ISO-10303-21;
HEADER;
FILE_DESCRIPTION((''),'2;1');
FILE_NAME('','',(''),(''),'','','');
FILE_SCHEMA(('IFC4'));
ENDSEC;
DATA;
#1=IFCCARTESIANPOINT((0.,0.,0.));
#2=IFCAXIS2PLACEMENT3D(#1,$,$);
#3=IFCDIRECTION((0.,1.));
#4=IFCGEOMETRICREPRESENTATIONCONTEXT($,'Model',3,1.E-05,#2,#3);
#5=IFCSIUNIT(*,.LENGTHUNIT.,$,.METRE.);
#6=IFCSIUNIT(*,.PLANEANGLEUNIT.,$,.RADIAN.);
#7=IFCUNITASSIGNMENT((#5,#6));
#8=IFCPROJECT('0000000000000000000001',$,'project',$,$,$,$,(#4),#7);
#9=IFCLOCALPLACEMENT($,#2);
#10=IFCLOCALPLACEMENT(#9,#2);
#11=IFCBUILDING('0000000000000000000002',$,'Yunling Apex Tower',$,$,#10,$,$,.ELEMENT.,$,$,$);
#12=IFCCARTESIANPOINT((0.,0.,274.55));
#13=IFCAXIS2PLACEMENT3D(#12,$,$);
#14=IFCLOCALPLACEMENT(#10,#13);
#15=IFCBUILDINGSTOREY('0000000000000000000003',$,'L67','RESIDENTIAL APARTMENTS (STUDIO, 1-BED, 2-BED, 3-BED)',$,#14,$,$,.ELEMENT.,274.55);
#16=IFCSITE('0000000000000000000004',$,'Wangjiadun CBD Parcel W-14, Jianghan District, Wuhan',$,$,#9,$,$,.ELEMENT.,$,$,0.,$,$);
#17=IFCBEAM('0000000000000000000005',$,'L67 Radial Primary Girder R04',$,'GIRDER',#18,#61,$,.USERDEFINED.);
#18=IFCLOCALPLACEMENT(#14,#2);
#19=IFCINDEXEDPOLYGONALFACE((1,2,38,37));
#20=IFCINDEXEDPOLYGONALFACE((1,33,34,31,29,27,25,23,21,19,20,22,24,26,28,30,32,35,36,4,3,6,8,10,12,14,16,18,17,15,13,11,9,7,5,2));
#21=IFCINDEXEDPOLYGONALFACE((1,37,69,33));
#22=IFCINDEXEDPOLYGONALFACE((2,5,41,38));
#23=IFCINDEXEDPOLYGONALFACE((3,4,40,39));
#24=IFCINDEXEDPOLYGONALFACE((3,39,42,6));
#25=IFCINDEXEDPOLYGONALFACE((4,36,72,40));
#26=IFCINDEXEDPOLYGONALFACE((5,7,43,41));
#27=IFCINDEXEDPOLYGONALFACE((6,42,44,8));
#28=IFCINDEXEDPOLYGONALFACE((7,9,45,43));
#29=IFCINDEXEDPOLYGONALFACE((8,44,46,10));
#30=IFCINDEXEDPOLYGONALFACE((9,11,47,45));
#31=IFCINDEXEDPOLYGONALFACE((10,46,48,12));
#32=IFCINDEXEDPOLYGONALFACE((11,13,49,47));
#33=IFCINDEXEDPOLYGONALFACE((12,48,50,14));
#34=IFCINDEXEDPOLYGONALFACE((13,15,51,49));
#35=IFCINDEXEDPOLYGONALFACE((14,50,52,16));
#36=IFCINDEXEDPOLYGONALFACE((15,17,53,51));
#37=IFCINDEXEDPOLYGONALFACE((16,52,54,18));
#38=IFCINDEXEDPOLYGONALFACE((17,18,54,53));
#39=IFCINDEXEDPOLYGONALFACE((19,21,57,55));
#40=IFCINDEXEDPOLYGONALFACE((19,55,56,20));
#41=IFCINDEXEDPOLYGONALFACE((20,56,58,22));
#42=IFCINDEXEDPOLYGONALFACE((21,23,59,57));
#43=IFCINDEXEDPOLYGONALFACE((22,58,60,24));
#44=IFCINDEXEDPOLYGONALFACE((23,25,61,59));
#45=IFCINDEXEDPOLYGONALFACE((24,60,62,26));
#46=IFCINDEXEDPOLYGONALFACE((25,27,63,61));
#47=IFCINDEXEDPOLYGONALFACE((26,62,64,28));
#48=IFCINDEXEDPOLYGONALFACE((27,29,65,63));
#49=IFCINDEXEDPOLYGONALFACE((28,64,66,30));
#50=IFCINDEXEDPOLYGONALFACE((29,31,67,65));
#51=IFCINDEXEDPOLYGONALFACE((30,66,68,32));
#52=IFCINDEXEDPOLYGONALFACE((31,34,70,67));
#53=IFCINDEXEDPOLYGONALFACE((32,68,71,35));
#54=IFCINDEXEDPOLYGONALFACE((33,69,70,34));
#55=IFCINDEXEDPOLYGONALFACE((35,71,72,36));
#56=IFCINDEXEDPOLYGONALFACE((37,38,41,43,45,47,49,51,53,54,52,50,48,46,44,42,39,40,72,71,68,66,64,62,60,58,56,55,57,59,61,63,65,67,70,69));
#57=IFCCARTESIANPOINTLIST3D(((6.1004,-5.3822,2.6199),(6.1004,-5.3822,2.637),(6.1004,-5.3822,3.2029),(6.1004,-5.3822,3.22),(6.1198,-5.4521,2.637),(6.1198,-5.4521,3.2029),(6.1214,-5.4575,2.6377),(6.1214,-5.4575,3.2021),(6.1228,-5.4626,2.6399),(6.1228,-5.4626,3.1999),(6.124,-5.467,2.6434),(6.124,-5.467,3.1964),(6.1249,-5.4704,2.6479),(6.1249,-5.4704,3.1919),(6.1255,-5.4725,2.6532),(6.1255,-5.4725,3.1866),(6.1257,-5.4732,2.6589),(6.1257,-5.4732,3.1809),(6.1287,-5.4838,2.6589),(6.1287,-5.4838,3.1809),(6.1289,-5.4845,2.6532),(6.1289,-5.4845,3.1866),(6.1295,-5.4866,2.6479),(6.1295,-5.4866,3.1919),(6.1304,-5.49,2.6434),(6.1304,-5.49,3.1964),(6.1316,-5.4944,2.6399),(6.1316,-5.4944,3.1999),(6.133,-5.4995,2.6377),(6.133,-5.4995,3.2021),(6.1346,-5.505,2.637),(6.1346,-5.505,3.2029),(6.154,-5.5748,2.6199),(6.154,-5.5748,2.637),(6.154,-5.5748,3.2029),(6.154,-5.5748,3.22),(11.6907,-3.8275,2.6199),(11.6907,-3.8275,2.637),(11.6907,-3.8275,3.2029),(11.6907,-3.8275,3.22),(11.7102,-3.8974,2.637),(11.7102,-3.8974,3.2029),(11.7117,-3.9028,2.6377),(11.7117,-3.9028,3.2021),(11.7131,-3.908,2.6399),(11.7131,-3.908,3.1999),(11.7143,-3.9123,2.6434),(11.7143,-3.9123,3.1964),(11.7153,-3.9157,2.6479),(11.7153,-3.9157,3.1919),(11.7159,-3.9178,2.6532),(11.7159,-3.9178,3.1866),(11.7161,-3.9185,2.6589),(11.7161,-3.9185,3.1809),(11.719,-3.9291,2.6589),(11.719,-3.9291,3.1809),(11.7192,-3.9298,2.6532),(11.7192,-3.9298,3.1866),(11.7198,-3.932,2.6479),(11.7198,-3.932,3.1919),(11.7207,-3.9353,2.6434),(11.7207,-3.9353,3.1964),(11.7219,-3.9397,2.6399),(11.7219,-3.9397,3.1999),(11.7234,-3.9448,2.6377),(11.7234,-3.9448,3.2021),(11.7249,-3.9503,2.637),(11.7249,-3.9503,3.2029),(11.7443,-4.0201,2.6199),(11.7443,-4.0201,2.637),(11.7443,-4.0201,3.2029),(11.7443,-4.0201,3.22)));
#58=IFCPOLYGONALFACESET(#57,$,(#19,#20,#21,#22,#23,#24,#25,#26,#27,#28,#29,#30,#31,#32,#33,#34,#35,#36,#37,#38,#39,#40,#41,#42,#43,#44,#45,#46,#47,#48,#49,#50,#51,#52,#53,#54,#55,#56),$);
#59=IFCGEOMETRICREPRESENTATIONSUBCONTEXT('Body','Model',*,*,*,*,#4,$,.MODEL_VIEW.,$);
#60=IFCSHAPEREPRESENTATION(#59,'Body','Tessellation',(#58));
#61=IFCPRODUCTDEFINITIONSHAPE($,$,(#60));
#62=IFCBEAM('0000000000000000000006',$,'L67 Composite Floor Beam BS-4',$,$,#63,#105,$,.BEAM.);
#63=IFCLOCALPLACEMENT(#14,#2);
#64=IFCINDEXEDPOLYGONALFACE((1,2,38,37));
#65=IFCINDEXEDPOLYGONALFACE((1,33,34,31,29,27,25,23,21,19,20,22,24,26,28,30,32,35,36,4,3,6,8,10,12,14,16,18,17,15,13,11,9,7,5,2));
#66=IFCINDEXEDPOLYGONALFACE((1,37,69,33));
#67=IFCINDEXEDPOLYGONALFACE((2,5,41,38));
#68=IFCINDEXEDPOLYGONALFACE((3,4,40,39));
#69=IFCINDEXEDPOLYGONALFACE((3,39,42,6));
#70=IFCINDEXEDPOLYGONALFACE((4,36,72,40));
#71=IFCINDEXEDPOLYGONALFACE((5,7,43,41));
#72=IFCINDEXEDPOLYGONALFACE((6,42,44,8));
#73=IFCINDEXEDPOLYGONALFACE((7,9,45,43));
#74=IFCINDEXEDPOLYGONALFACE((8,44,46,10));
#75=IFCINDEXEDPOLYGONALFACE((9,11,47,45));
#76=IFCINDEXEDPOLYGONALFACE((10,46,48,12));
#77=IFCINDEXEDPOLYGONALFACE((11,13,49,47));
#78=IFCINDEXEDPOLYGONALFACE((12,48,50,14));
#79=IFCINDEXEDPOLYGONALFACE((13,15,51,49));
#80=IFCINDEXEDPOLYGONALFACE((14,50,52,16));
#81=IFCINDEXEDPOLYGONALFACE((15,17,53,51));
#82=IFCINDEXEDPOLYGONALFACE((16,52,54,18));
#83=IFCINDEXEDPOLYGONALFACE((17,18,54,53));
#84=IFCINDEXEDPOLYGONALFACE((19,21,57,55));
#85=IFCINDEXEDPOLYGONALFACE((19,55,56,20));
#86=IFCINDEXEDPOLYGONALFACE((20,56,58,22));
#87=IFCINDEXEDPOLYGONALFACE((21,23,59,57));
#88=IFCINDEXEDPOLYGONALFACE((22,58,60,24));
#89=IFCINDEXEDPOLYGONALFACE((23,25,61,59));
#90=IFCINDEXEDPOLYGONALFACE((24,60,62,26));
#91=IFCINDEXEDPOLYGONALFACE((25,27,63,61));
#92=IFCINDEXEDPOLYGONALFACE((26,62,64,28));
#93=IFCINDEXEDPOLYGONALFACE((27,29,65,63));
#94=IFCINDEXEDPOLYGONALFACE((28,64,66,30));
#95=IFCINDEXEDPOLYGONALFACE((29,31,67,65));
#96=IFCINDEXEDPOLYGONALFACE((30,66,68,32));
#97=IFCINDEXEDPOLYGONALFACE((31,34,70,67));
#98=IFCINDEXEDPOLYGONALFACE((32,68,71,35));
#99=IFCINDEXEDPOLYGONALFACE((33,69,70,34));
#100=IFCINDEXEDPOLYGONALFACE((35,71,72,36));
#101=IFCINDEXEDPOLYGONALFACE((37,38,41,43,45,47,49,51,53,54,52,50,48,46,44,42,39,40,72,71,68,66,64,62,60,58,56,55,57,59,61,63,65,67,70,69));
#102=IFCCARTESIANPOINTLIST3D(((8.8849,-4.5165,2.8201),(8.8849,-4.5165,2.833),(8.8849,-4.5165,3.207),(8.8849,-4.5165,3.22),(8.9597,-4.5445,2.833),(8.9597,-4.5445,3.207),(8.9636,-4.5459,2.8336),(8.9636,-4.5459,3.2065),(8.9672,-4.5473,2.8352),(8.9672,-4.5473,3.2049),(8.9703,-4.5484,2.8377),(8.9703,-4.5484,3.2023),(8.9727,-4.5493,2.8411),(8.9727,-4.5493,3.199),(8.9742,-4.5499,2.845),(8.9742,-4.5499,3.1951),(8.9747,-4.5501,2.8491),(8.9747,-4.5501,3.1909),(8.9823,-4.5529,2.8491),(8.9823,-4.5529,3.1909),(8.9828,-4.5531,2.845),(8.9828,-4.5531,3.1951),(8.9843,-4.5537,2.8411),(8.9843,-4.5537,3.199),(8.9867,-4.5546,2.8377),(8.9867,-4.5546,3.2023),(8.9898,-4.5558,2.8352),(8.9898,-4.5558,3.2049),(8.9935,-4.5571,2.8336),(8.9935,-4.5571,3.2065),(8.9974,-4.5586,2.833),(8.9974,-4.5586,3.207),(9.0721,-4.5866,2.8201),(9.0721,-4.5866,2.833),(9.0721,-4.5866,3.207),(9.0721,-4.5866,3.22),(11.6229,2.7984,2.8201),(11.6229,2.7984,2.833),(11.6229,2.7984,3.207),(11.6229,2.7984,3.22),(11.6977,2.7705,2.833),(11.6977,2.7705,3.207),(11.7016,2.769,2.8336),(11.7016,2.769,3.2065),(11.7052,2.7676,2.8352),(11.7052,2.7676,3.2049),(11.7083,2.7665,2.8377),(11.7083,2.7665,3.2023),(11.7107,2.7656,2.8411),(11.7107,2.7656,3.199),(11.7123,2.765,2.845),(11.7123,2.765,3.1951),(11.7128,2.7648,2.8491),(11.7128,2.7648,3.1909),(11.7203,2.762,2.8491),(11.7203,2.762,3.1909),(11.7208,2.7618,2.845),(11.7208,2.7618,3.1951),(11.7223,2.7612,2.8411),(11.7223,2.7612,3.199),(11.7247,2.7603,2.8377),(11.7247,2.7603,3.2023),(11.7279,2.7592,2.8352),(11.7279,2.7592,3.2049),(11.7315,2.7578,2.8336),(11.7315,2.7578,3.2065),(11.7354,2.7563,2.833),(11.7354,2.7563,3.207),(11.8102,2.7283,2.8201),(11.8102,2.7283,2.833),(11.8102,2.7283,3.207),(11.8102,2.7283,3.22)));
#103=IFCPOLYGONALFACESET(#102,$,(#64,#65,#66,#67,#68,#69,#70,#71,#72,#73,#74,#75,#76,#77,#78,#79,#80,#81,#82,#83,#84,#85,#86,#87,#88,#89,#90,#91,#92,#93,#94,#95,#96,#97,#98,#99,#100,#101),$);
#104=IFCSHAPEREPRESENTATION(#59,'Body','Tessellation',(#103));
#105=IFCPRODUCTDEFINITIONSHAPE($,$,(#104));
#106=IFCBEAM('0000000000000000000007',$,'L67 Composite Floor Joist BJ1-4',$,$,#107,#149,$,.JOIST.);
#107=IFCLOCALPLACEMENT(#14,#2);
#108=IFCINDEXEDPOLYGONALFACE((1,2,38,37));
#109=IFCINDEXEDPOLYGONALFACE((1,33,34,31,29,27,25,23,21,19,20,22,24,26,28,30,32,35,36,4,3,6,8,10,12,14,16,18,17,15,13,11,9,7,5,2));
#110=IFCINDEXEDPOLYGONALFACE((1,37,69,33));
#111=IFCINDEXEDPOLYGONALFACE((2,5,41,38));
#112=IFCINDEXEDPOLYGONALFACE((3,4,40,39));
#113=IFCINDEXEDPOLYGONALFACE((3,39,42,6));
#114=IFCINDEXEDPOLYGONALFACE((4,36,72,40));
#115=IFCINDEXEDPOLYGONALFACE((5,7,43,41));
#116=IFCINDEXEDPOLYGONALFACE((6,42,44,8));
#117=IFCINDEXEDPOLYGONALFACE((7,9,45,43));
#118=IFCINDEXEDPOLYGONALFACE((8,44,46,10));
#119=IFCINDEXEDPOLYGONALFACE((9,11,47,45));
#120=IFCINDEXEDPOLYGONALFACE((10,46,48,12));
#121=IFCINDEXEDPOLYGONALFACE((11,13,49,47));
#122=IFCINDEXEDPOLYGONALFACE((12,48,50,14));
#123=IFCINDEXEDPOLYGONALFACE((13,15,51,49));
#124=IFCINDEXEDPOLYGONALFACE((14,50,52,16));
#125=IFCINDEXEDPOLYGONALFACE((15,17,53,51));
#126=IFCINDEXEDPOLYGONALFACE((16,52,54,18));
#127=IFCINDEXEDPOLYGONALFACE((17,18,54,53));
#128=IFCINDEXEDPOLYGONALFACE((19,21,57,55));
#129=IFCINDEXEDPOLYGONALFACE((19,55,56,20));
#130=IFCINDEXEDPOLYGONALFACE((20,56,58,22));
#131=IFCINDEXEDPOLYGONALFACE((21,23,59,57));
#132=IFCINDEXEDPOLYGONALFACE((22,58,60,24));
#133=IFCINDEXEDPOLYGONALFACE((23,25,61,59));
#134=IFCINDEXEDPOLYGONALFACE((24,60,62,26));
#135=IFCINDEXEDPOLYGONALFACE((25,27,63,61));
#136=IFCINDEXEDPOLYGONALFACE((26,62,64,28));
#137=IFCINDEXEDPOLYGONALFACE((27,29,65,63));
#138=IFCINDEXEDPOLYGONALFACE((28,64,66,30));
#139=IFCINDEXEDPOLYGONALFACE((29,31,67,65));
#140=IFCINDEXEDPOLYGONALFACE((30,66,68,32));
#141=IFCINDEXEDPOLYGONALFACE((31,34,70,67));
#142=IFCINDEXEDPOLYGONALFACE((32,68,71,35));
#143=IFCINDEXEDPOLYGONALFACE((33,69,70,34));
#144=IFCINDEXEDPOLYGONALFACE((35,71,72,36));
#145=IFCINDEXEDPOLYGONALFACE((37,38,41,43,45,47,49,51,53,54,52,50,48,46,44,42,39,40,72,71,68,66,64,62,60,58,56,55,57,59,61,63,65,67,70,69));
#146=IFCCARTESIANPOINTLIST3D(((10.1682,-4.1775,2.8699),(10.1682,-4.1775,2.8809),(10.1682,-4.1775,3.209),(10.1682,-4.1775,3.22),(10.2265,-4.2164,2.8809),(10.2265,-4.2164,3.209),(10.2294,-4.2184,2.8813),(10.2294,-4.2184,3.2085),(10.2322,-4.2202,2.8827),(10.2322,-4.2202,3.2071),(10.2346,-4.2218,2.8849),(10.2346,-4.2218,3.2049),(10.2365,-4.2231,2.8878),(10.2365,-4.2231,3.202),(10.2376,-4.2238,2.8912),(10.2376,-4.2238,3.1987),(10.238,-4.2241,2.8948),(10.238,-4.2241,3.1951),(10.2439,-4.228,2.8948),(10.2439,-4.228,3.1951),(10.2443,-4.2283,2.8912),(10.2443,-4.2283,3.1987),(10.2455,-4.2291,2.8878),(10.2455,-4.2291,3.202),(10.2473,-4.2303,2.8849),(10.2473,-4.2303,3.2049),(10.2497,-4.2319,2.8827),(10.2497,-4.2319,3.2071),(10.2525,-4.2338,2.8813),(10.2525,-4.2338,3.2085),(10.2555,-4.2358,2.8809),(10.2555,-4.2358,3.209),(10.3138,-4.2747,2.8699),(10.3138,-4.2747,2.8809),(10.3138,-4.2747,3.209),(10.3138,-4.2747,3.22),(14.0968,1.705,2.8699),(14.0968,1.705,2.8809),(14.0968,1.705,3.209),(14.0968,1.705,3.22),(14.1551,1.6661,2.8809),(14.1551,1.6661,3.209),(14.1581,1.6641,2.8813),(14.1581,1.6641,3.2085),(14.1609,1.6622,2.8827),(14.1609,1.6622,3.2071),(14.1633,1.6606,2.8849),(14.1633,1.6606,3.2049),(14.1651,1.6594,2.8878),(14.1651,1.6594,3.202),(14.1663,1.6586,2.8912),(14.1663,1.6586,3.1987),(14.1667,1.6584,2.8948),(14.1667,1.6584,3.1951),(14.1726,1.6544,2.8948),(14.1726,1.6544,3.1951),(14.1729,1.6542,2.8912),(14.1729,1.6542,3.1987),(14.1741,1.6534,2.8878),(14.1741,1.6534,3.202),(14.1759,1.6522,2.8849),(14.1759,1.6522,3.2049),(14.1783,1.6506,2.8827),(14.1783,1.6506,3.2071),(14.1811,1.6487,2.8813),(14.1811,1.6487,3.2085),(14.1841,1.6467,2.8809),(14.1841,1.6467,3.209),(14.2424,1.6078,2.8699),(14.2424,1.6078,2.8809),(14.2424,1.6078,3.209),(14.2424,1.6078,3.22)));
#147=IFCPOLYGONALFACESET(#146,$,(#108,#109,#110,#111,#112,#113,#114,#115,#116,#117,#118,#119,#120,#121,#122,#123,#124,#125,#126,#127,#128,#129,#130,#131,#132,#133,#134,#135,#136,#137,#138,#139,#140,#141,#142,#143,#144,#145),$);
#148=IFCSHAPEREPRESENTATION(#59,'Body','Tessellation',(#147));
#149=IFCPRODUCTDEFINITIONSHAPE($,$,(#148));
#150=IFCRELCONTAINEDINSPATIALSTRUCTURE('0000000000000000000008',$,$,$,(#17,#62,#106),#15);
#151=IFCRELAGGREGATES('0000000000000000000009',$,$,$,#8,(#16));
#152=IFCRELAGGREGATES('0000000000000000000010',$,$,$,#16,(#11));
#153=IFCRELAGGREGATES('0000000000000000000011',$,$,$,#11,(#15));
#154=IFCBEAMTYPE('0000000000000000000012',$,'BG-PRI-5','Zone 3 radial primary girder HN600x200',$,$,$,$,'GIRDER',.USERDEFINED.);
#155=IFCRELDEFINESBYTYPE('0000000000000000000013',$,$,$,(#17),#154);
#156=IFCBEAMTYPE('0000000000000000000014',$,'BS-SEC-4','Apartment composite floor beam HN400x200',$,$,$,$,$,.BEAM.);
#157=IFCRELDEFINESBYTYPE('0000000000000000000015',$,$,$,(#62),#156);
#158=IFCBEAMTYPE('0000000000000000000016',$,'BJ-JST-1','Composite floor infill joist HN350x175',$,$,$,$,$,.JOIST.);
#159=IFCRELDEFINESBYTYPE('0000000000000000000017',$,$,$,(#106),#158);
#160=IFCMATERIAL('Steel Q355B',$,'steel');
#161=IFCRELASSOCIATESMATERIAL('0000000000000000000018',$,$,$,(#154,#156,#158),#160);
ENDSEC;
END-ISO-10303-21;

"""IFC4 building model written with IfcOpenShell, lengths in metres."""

from ifc_helpers import new_model, si_unit, direction, frame, origin, origin_2d, place, context, subcontext, project, spatial, i_section, extrude, source, transform, mapped, material, material_profile, profile_set, type_object, element, save


model = new_model("IFC4")

# Units and contexts
model_context = context("Model", 3, precision=1e-05, world=origin(), true_north=direction((0.0, 1.0)))
body_context = subcontext(model_context, "Body", "Model", "MODEL_VIEW")
ifc_project = project(units=[si_unit("LENGTHUNIT", "METRE"), si_unit("PLANEANGLEUNIT", "RADIAN")], contexts=[model_context])

# Site, building, storey
site_placement = place(None, origin())
site = spatial("IfcSite", under=ifc_project, at=site_placement, Name="Wangjiadun CBD Parcel W-14, Jianghan District, Wuhan", CompositionType="ELEMENT", RefElevation=0.0)
building_placement = place(site_placement, origin())
building = spatial("IfcBuilding", under=site, at=building_placement, Name="Yunling Apex Tower", CompositionType="ELEMENT")
storey_placement = place(building_placement, frame((0.0, 0.0, 274.55)))
storey = spatial("IfcBuildingStorey", under=building, at=storey_placement, Name="L67", Description="RESIDENTIAL APARTMENTS (STUDIO, 1-BED, 2-BED, 3-BED)", CompositionType="ELEMENT", Elevation=274.55)

# Shared definitions
ifc_material_1 = material(Name="Steel Q355B", Category="steel")

# Beams
ifc_material_profile_1 = material_profile(ifc_material_1, i_section(OverallWidth=0.2, OverallDepth=0.6001, WebThickness=0.011, FlangeThickness=0.0171, FilletRadius=0.022, at=origin_2d()))
ifc_profile_set_1 = profile_set([ifc_material_profile_1], Name="Steel Q355B")
beam_type_1 = type_object("IfcBeamType", Name="BG-PRI-5", Description="Zone 3 radial primary girder HN600x200", ElementType="GIRDER", PredefinedType="USERDEFINED", material=ifc_profile_set_1)
shared_shape_1 = source(origin(), body_context, "Body", "SweptSolid", [
    extrude(i_section(OverallWidth=0.2, OverallDepth=0.6001, WebThickness=0.011, FlangeThickness=0.0171, FilletRadius=0.022, at=origin_2d()), origin(), (0.0, 0.0, 1.0), 5.8025),
])
beam_1_placement = place(storey_placement, frame((11.7175, -3.9238, 2.9199), z_axis=(-0.963437, -0.267935, 0.0), x_axis=(0.267935, -0.963437, 0.0)))
element("IfcBeam", 1, at=beam_1_placement, inside=storey, type_object=beam_type_1, Name="L67 Radial Primary Girder R04", ObjectType="GIRDER", PredefinedType="USERDEFINED", context=body_context, shape_type="MappedRepresentation", body=[
    mapped(shared_shape_1, transform((0.0, 0.0, 0.0), scale=1.0)),
])
ifc_material_profile_2 = material_profile(ifc_material_1, i_section(OverallWidth=0.2, OverallDepth=0.3999, WebThickness=0.0081, FlangeThickness=0.0129, FilletRadius=0.0161, at=origin_2d()))
ifc_profile_set_2 = profile_set([ifc_material_profile_2], Name="Steel Q355B")
beam_type_2 = type_object("IfcBeamType", Name="BS-SEC-4", Description="Apartment composite floor beam HN400x200", PredefinedType="BEAM", material=ifc_profile_set_2)
shared_shape_2 = source(origin(), body_context, "Body", "SweptSolid", [
    extrude(i_section(OverallWidth=0.2, OverallDepth=0.3999, WebThickness=0.0081, FlangeThickness=0.0129, FilletRadius=0.0161, at=origin_2d()), origin(), (0.0, 0.0, 1.0), 7.8105),
])
beam_2_placement = place(storey_placement, frame((8.9785, -4.5515, 3.02), z_axis=(0.350555, 0.936542, 0.0), x_axis=(-0.936542, 0.350555, 0.0)))
element("IfcBeam", 2, at=beam_2_placement, inside=storey, type_object=beam_type_2, Name="L67 Composite Floor Beam BS-4", PredefinedType="BEAM", context=body_context, shape_type="MappedRepresentation", body=[
    mapped(shared_shape_2, transform((0.0, 0.0, 0.0), scale=1.0)),
])
ifc_material_profile_3 = material_profile(ifc_material_1, i_section(OverallWidth=0.175, OverallDepth=0.3501, WebThickness=0.0071, FlangeThickness=0.011, FilletRadius=0.0139, at=origin_2d()))
ifc_profile_set_3 = profile_set([ifc_material_profile_3], Name="Steel Q355B")
beam_type_3 = type_object("IfcBeamType", Name="BJ-JST-1", Description="Composite floor infill joist HN350x175", PredefinedType="JOIST", material=ifc_profile_set_3)
shared_shape_3 = source(origin(), body_context, "Body", "SweptSolid", [
    extrude(i_section(OverallWidth=0.175, OverallDepth=0.3501, WebThickness=0.0071, FlangeThickness=0.011, FilletRadius=0.0139, at=origin_2d()), origin(), (0.0, 0.0, 1.0), 7.0737),
])
beam_3_placement = place(storey_placement, frame((10.241, -4.2261, 3.0449), z_axis=(0.555385, 0.831593, 0.0), x_axis=(-0.831593, 0.555385, 0.0)))
element("IfcBeam", 3, at=beam_3_placement, inside=storey, type_object=beam_type_3, Name="L67 Composite Floor Joist BJ1-4", PredefinedType="JOIST", context=body_context, shape_type="MappedRepresentation", body=[
    mapped(shared_shape_3, transform((0.0, 0.0, 0.0), scale=1.0)),
])

save(model, "model.ifc")
